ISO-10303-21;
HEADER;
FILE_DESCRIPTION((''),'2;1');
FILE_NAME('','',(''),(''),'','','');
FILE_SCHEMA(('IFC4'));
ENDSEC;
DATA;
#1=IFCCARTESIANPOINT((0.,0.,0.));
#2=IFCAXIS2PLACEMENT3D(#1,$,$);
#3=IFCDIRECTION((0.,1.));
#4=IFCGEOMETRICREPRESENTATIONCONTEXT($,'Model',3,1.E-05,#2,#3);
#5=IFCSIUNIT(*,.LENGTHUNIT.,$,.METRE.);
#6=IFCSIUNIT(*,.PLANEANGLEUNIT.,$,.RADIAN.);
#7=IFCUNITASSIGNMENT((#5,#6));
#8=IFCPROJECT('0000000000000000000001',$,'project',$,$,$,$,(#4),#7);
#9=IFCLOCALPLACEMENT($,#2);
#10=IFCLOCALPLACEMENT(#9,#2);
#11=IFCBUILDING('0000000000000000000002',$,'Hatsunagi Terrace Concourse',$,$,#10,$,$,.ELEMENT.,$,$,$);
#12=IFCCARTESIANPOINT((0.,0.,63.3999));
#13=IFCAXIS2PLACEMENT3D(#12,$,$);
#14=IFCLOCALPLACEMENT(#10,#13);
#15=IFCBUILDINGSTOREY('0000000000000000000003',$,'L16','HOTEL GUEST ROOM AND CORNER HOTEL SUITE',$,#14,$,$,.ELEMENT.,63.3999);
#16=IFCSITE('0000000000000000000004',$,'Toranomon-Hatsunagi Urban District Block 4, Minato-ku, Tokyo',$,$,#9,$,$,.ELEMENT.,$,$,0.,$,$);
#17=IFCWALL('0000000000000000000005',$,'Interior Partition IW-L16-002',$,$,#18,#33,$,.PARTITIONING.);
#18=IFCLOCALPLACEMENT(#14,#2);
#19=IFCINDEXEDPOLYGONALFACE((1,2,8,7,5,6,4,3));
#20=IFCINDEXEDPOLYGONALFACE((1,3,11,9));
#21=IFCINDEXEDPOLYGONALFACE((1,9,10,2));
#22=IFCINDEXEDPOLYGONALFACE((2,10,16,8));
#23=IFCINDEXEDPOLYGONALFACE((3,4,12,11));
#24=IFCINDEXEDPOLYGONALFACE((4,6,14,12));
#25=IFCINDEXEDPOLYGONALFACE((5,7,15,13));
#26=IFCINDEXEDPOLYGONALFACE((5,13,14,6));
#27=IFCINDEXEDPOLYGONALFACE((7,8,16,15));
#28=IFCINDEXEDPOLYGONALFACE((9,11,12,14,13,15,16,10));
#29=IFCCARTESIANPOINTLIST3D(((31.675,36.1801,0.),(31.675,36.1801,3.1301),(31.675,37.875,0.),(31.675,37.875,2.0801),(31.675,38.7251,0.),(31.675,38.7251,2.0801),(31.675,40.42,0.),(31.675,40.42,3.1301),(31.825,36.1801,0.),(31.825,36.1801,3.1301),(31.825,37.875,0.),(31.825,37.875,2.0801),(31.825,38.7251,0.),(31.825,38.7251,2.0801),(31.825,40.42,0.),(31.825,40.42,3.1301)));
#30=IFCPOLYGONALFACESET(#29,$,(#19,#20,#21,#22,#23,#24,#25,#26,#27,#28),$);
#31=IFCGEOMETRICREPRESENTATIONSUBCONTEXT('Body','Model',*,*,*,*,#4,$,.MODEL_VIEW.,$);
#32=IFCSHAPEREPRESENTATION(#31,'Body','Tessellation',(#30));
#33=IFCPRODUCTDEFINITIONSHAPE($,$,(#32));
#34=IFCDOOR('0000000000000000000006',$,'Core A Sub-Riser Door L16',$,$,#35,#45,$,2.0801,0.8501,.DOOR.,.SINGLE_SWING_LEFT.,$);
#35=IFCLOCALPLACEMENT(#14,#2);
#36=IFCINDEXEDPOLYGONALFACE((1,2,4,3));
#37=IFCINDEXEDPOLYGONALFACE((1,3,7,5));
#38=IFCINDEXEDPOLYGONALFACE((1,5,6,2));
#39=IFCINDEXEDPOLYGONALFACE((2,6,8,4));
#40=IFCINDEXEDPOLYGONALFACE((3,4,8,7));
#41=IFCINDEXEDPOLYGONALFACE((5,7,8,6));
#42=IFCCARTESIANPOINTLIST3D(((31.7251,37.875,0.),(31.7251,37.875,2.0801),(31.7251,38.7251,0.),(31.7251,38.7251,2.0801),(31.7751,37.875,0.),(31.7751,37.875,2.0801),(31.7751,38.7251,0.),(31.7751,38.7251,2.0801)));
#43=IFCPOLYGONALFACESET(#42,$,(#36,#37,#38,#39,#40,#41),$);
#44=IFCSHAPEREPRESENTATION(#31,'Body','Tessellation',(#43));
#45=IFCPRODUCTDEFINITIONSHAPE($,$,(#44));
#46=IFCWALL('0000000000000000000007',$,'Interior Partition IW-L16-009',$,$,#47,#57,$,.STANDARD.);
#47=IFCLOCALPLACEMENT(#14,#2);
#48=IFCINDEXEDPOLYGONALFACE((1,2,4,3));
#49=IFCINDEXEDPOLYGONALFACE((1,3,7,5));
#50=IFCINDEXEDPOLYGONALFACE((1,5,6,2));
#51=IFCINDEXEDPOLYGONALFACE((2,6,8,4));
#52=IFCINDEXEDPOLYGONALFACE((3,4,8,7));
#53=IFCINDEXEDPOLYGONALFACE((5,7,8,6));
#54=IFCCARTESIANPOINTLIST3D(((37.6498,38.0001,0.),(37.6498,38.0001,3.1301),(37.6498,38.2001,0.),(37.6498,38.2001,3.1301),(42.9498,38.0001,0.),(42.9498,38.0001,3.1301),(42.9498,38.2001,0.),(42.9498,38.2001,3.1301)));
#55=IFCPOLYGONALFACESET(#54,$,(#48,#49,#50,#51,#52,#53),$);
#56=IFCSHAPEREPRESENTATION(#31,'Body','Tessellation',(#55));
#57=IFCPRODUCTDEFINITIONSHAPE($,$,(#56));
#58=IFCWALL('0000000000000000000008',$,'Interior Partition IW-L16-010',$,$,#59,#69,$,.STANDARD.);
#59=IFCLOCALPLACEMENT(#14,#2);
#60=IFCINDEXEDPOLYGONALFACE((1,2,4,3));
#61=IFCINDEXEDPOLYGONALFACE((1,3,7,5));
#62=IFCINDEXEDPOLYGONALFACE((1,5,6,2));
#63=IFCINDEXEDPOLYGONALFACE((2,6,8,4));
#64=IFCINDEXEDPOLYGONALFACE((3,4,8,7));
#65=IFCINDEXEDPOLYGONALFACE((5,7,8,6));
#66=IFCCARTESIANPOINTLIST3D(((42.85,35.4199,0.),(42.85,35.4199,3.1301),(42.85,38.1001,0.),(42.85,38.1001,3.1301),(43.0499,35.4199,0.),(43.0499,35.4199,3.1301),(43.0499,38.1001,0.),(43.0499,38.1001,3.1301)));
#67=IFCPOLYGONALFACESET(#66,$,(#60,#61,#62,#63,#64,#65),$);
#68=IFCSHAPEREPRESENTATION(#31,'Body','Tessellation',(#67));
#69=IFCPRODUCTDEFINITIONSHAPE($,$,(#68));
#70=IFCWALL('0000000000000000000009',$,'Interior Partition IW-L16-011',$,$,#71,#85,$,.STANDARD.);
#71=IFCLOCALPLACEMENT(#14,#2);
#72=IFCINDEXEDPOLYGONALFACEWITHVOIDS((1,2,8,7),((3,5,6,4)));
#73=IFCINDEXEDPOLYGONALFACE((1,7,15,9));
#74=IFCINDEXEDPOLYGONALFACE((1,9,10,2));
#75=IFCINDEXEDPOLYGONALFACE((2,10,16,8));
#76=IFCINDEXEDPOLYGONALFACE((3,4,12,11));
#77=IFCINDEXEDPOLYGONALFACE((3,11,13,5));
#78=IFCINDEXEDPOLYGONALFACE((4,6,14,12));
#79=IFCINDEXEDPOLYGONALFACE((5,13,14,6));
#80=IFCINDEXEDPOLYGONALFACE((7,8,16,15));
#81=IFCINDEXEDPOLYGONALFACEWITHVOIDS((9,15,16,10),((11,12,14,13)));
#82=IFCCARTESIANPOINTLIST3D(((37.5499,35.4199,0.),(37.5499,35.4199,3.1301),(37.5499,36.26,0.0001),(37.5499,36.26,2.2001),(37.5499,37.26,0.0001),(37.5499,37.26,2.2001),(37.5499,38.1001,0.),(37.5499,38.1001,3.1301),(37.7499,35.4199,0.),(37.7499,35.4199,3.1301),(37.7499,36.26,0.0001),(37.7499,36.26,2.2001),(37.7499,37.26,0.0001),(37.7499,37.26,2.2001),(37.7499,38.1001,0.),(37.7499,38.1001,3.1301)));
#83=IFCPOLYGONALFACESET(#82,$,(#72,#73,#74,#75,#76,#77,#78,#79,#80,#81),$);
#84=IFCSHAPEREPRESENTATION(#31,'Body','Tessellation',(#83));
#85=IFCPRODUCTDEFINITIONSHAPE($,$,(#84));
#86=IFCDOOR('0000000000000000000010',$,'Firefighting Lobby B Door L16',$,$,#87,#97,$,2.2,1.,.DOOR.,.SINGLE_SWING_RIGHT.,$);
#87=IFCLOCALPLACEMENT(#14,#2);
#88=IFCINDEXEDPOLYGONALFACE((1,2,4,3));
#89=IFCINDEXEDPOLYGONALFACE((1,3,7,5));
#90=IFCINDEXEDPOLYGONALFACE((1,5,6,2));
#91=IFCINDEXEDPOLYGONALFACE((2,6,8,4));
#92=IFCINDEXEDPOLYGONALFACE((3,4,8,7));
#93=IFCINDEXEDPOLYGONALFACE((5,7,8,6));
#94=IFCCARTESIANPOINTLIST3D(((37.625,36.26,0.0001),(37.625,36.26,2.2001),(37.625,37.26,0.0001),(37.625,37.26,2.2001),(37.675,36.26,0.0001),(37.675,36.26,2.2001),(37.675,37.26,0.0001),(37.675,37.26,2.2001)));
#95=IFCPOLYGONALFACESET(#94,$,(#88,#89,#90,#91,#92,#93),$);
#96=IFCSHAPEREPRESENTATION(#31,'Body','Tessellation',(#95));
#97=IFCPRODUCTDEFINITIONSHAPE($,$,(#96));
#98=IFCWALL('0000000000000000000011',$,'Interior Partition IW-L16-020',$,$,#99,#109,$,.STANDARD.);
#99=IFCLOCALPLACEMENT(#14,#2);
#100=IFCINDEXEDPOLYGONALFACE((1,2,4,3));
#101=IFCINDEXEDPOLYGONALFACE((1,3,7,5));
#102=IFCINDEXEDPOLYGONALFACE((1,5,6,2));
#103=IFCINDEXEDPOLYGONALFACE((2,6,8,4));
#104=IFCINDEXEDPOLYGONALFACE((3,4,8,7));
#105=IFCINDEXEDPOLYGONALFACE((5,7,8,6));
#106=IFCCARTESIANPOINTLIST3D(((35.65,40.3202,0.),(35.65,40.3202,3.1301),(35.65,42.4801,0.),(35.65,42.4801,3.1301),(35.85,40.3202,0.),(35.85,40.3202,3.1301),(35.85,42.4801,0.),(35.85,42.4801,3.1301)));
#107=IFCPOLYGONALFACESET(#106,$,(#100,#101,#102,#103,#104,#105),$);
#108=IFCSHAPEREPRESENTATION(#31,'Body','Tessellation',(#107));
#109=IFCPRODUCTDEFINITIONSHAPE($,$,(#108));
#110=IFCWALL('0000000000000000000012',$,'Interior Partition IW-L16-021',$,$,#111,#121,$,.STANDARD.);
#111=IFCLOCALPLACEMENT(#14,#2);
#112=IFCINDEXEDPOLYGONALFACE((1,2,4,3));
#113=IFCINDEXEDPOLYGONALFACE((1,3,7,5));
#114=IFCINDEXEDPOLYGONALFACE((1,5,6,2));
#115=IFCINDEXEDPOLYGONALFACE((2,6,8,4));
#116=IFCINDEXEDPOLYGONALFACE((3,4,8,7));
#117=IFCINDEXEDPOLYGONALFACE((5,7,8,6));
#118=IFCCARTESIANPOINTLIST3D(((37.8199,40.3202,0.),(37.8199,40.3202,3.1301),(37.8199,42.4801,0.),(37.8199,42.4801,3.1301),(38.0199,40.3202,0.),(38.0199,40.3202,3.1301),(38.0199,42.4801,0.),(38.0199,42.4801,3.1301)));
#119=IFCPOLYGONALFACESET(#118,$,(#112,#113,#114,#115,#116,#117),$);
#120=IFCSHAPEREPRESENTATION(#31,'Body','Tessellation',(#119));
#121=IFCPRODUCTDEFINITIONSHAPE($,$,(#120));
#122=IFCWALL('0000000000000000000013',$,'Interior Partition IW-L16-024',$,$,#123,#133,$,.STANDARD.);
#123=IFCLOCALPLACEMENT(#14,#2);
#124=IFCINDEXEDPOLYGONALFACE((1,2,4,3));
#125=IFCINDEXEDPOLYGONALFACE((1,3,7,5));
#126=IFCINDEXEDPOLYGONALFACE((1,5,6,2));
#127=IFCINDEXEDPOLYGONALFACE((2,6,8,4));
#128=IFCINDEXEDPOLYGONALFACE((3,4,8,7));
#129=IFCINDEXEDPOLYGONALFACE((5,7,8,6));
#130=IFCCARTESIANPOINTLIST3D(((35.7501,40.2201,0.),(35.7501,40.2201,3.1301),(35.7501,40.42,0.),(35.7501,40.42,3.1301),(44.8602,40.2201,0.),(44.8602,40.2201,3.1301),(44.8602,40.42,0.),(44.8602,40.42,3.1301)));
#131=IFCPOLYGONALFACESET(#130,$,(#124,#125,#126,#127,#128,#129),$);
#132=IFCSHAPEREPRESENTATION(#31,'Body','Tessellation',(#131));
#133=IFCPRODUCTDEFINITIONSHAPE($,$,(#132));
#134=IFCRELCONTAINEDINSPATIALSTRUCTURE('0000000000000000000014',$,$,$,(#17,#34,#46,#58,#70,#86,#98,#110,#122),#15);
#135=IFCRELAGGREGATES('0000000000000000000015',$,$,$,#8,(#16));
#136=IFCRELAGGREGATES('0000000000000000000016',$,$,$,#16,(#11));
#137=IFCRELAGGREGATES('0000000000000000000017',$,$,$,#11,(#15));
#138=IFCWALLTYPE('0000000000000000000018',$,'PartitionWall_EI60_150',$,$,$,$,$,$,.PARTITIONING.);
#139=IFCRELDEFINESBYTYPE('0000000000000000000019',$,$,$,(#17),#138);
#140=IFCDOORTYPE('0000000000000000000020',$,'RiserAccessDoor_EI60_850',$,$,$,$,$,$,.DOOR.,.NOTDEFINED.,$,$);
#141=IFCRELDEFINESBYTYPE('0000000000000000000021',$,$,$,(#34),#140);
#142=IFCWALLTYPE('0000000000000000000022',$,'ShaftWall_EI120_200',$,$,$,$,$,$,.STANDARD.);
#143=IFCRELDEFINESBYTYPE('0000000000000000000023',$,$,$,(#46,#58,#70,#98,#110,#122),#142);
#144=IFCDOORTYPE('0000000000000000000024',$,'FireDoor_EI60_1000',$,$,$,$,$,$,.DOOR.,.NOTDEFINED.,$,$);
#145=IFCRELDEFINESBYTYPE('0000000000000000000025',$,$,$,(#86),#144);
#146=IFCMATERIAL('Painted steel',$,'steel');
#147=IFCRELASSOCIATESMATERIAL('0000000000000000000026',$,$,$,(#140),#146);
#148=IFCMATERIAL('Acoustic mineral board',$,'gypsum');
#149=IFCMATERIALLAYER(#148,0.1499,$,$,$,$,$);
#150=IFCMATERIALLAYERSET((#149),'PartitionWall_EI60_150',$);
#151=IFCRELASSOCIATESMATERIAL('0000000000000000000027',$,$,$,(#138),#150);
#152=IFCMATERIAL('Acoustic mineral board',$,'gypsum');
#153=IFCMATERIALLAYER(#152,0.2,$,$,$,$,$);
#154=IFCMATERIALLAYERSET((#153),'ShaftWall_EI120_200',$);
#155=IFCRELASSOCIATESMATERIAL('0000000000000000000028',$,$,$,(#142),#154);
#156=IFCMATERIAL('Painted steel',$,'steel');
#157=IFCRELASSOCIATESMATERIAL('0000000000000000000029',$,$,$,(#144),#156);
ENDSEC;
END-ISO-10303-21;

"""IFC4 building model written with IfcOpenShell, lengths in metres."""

from ifc_helpers import new_model, si_unit, direction, frame, frame_2d, origin, place, context, subcontext, project, spatial, rectangle, extrude, material, layer, layer_set, type_object, element, fill, save


model = new_model("IFC4")

# Units and contexts
model_context = context("Model", 3, precision=1e-05, world=origin(), true_north=direction((0.0, 1.0)))
body_context = subcontext(model_context, "Body", "Model", "MODEL_VIEW")
ifc_project = project(units=[si_unit("LENGTHUNIT", "METRE"), si_unit("PLANEANGLEUNIT", "RADIAN")], contexts=[model_context])

# Site, building, storey
site_placement = place(None, origin())
site = spatial("IfcSite", under=ifc_project, at=site_placement, Name="Toranomon-Hatsunagi Urban District Block 4, Minato-ku, Tokyo", CompositionType="ELEMENT", RefElevation=0.0)
building_placement = place(site_placement, origin())
building = spatial("IfcBuilding", under=site, at=building_placement, Name="Hatsunagi Terrace Concourse", CompositionType="ELEMENT")
storey_placement = place(building_placement, frame((0.0, 0.0, 63.3999)))
storey = spatial("IfcBuildingStorey", under=building, at=storey_placement, Name="L16", Description="HOTEL GUEST ROOM AND CORNER HOTEL SUITE", CompositionType="ELEMENT", Elevation=63.3999)

# Shared definitions
ifc_material_1 = material(Name="Painted steel", Category="steel")
door_type_1 = type_object("IfcDoorType", Name="RiserAccessDoor_EI60_850", OperationType="NOTDEFINED", PredefinedType="DOOR", material=ifc_material_1)

# Wall, opening, door
ifc_material_2 = material(Name="Acoustic mineral board", Category="gypsum")
ifc_layer_1 = layer(ifc_material_2, 0.1499)
ifc_layer_set_1 = layer_set([ifc_layer_1], Name="PartitionWall_EI60_150")
wall_type_1 = type_object("IfcWallType", Name="PartitionWall_EI60_150", PredefinedType="PARTITIONING", material=ifc_layer_set_1)
wall_1_placement = place(storey_placement, frame((31.75, 36.1799, 0.0), z_axis=(0.0, 0.0, 1.0), x_axis=(0.0, 1.0, 0.0)))
wall_1 = element("IfcWall", 1, at=wall_1_placement, inside=storey, type_object=wall_type_1, Name="Interior Partition IW-L16-002", PredefinedType="PARTITIONING", context=body_context, shape_type="SweptSolid", body=[
    extrude(rectangle(XDim=4.24, YDim=0.1499, at=frame_2d((2.1201, 0.0))), origin(), (0.0, 0.0, 1.0), 3.1301),
])
opening_1_placement = place(wall_1_placement, frame((1.6951, 0.0, 0.0)))
opening_1 = element("IfcOpeningElement", 2, at=opening_1_placement, cuts=wall_1, PredefinedType="OPENING", context=body_context, shape_type="SweptSolid", body=[
    extrude(rectangle(XDim=0.8501, YDim=2.0801, at=frame_2d((0.425, 1.04))), frame((0.0, 0.085, 0.0), z_axis=(0.0, -1.0, 0.0), x_axis=(1.0, 0.0, 0.0)), (0.0, 0.0, 1.0), 0.1699),
])
door_1_placement = place(opening_1_placement, origin())
door_1 = element("IfcDoor", 3, at=door_1_placement, inside=storey, type_object=door_type_1, Name="Core A Sub-Riser Door L16", OperationType="SINGLE_SWING_LEFT", OverallHeight=2.0801, OverallWidth=0.8501, PredefinedType="DOOR", context=body_context, shape_type="SweptSolid", body=[
    extrude(rectangle(XDim=0.8501, YDim=2.0801, at=frame_2d((0.425, 1.04))), frame((0.0, 0.0249, 0.0), z_axis=(0.0, -1.0, 0.0), x_axis=(1.0, 0.0, 0.0)), (0.0, 0.0, 1.0), 0.05),
])
fill(opening_1, door_1)

# Walls
ifc_material_3 = material(Name="Acoustic mineral board", Category="gypsum")
ifc_layer_2 = layer(ifc_material_3, 0.2)
ifc_layer_set_2 = layer_set([ifc_layer_2], Name="ShaftWall_EI120_200")
wall_type_2 = type_object("IfcWallType", Name="ShaftWall_EI120_200", PredefinedType="STANDARD", material=ifc_layer_set_2)
wall_2_placement = place(storey_placement, frame((37.6499, 38.1001, 0.0), z_axis=(0.0, 0.0, 1.0), x_axis=(1.0, 0.0, 0.0)))
element("IfcWall", 4, at=wall_2_placement, inside=storey, type_object=wall_type_2, Name="Interior Partition IW-L16-009", PredefinedType="STANDARD", context=body_context, shape_type="SweptSolid", body=[
    extrude(rectangle(XDim=5.3, YDim=0.2, at=frame_2d((2.6499, 0.0))), origin(), (0.0, 0.0, 1.0), 3.1301),
])
wall_3_placement = place(storey_placement, frame((42.95, 35.4199, 0.0), z_axis=(0.0, 0.0, 1.0), x_axis=(0.0, 1.0, 0.0)))
element("IfcWall", 5, at=wall_3_placement, inside=storey, type_object=wall_type_2, Name="Interior Partition IW-L16-010", PredefinedType="STANDARD", context=body_context, shape_type="SweptSolid", body=[
    extrude(rectangle(XDim=2.6802, YDim=0.2, at=frame_2d((1.3401, 0.0))), origin(), (0.0, 0.0, 1.0), 3.1301),
])

# Wall, opening, door
wall_4_placement = place(storey_placement, frame((37.6499, 35.4199, 0.0), z_axis=(0.0, 0.0, 1.0), x_axis=(0.0, 1.0, 0.0)))
wall_4 = element("IfcWall", 6, at=wall_4_placement, inside=storey, type_object=wall_type_2, Name="Interior Partition IW-L16-011", PredefinedType="STANDARD", context=body_context, shape_type="SweptSolid", body=[
    extrude(rectangle(XDim=2.6802, YDim=0.2, at=frame_2d((1.3401, 0.0))), origin(), (0.0, 0.0, 1.0), 3.1301),
])
opening_2_placement = place(wall_4_placement, frame((0.8401, 0.0, 0.0)))
opening_2 = element("IfcOpeningElement", 7, at=opening_2_placement, cuts=wall_4, PredefinedType="OPENING", context=body_context, shape_type="SweptSolid", body=[
    extrude(rectangle(XDim=1.0, YDim=2.2, at=frame_2d((0.5, 1.1001))), frame((0.0, 0.1099, 0.0), z_axis=(0.0, -1.0, 0.0), x_axis=(1.0, 0.0, 0.0)), (0.0, 0.0, 1.0), 0.22),
])
ifc_material_4 = material(Name="Painted steel", Category="steel")
door_type_2 = type_object("IfcDoorType", Name="FireDoor_EI60_1000", OperationType="NOTDEFINED", PredefinedType="DOOR", material=ifc_material_4)
door_2_placement = place(opening_2_placement, origin())
door_2 = element("IfcDoor", 8, at=door_2_placement, inside=storey, type_object=door_type_2, Name="Firefighting Lobby B Door L16", OperationType="SINGLE_SWING_RIGHT", OverallHeight=2.2, OverallWidth=1.0, PredefinedType="DOOR", context=body_context, shape_type="SweptSolid", body=[
    extrude(rectangle(XDim=1.0, YDim=2.2, at=frame_2d((0.5, 1.1001))), frame((0.0, 0.0249, 0.0), z_axis=(0.0, -1.0, 0.0), x_axis=(1.0, 0.0, 0.0)), (0.0, 0.0, 1.0), 0.05),
])
fill(opening_2, door_2)

# Walls
for number, where, z_axis, x_axis, name in (
    (9, (35.75, 40.3201, 0.0), (0.0, 0.0, 1.0), (0.0, 1.0, 0.0), "Interior Partition IW-L16-020"),
    (10, (37.9199, 40.3201, 0.0), (0.0, 0.0, 1.0), (0.0, 1.0, 0.0), "Interior Partition IW-L16-021"),
):
    element("IfcWall", number, at=place(storey_placement, frame(where, z_axis=z_axis, x_axis=x_axis)), inside=storey, type_object=wall_type_2, Name=name, PredefinedType="STANDARD", context=body_context, shape_type="SweptSolid", body=[
        extrude(rectangle(XDim=2.1599, YDim=0.2, at=frame_2d((1.0801, 0.0))), origin(), (0.0, 0.0, 1.0), 3.1301),
    ])
wall_5_placement = place(storey_placement, frame((35.75, 40.3201, 0.0), z_axis=(0.0, 0.0, 1.0), x_axis=(1.0, 0.0, 0.0)))
element("IfcWall", 11, at=wall_5_placement, inside=storey, type_object=wall_type_2, Name="Interior Partition IW-L16-024", PredefinedType="STANDARD", context=body_context, shape_type="SweptSolid", body=[
    extrude(rectangle(XDim=9.1101, YDim=0.2, at=frame_2d((4.5552, 0.0))), origin(), (0.0, 0.0, 1.0), 3.1301),
])

save(model, "model.ifc")
